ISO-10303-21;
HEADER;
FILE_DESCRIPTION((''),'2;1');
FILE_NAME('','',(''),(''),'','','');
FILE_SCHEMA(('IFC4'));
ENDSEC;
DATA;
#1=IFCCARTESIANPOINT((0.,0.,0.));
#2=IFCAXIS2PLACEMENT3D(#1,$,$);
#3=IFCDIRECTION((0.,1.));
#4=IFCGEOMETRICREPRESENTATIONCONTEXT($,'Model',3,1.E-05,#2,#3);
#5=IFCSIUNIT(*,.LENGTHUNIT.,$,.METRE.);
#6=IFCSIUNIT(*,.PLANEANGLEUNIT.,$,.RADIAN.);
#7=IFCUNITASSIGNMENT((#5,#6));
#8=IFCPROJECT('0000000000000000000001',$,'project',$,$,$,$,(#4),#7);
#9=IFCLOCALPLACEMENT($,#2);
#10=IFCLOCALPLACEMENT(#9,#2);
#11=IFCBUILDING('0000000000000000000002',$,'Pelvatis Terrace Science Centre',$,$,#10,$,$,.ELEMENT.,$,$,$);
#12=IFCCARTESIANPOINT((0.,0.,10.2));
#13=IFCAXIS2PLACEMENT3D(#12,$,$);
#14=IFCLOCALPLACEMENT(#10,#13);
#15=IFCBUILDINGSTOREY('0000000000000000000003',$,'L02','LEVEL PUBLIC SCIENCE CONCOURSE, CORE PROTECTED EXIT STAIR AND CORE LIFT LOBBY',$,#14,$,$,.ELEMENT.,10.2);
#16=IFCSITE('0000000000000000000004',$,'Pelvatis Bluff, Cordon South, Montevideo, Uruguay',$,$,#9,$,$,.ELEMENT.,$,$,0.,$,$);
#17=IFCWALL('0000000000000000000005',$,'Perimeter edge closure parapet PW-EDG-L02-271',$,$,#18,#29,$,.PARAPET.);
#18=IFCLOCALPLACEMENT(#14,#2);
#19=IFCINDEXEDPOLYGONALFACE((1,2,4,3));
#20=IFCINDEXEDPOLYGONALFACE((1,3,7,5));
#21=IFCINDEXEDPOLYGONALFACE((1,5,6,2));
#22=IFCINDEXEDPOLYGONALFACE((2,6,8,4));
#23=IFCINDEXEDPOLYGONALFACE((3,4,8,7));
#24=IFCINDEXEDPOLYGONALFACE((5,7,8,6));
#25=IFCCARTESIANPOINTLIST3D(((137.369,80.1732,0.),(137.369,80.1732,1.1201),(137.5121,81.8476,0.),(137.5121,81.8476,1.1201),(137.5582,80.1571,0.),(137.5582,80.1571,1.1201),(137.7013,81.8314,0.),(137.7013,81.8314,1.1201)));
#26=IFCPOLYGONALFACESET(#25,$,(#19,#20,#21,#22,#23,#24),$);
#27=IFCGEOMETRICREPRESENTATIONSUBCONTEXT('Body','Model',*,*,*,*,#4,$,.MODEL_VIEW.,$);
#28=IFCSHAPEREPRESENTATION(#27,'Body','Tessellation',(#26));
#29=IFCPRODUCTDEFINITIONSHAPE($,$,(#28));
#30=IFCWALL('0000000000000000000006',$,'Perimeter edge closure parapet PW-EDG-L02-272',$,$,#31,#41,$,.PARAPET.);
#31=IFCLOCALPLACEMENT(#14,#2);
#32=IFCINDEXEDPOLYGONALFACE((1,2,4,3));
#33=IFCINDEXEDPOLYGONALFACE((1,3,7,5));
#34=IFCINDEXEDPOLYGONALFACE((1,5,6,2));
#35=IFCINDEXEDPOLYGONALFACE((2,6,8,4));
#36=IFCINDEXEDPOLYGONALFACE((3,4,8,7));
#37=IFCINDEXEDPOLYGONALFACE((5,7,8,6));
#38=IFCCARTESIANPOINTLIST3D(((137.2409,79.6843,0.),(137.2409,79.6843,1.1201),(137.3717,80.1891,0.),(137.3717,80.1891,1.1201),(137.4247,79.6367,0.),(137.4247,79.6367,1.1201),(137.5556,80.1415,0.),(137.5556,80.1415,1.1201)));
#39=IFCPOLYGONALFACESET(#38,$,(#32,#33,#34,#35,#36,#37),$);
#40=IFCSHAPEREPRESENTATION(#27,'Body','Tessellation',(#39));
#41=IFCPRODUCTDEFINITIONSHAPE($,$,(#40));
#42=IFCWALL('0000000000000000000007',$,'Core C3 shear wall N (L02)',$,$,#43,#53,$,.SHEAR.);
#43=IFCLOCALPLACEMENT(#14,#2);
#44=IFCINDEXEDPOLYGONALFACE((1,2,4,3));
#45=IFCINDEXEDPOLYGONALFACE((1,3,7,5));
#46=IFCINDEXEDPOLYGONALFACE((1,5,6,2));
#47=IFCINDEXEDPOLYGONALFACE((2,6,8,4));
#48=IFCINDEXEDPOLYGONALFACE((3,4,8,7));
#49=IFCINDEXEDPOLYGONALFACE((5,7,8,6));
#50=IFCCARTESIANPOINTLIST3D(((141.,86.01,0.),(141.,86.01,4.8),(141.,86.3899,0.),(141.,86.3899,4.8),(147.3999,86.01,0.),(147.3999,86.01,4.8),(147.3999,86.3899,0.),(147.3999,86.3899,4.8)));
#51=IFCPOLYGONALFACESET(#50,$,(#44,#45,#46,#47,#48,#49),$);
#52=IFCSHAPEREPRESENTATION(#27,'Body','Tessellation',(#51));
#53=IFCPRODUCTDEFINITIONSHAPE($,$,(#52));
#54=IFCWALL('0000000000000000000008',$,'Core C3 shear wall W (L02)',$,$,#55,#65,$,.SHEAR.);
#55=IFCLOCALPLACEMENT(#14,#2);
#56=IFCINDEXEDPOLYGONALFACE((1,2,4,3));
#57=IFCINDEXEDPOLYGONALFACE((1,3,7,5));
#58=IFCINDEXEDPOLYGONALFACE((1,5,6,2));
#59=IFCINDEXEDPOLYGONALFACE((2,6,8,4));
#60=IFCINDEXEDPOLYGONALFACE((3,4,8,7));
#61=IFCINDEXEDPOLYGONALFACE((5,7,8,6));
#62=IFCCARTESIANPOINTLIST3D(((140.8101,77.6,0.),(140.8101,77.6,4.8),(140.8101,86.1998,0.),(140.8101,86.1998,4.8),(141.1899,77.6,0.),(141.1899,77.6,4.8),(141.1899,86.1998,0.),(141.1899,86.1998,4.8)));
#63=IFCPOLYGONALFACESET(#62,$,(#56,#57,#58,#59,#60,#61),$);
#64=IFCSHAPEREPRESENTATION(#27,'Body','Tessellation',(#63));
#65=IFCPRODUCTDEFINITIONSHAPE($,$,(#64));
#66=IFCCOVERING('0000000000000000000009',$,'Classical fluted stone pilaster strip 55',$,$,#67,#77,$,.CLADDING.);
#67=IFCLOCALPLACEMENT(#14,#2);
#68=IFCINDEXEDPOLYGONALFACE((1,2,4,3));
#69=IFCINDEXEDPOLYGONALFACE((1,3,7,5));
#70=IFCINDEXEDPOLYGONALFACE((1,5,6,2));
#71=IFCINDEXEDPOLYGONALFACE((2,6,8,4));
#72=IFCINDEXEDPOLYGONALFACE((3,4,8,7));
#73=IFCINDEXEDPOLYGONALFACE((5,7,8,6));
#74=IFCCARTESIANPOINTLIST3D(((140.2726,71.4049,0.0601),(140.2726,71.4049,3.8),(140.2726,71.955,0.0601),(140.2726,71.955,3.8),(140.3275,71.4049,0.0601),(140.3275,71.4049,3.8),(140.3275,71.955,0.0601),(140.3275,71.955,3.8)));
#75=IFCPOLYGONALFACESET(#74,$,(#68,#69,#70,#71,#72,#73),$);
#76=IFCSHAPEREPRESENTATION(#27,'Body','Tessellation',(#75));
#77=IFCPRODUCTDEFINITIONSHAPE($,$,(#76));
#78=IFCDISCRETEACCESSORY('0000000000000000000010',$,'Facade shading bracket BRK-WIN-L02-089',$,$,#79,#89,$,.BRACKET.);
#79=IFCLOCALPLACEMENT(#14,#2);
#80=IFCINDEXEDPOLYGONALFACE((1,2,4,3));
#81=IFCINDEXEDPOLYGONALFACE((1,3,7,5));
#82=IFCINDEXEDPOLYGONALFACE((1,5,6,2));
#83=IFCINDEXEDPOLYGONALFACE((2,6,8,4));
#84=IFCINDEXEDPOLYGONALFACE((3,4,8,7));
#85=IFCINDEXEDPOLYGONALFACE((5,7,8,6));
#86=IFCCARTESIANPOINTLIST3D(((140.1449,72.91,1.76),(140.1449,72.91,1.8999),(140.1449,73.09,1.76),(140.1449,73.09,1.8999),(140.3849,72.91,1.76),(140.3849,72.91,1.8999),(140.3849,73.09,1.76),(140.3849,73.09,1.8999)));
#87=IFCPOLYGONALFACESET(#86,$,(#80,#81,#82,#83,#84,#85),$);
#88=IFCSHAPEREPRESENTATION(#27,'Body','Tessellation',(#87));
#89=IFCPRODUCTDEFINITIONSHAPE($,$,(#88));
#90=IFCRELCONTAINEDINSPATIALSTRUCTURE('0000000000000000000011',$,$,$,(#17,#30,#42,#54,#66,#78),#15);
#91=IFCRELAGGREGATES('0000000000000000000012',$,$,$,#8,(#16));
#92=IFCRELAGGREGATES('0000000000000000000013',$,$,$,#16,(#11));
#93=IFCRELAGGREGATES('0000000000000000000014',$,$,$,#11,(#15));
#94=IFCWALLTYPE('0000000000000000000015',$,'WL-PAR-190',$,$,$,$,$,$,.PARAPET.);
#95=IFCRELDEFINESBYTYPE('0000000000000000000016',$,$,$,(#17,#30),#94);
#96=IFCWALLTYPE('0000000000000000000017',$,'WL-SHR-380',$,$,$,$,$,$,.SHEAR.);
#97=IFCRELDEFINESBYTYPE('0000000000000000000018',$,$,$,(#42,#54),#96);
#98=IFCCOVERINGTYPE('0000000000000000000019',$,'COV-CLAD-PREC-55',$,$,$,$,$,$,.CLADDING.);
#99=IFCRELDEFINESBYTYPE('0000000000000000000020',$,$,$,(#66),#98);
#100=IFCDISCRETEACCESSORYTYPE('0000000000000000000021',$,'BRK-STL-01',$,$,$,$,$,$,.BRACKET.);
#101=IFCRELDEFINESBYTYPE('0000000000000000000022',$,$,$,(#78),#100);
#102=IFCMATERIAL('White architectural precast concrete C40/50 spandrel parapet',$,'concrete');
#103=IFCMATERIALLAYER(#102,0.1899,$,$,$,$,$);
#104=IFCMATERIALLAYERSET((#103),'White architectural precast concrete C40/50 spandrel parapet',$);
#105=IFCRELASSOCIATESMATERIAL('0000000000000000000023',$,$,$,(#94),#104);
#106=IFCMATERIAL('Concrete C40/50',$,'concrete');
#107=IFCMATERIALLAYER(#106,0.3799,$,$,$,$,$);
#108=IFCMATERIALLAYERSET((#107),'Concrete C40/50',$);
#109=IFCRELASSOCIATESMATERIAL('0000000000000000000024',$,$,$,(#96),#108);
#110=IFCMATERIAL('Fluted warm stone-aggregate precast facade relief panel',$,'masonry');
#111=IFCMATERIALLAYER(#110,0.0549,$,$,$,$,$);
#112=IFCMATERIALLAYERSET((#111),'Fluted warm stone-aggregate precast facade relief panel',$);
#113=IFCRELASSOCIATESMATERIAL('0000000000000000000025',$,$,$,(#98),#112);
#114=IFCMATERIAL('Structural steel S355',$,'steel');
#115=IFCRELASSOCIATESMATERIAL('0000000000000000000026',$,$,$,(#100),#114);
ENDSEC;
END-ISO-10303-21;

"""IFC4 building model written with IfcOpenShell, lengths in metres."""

from ifc_helpers import new_model, si_unit, direction, frame, frame_2d, origin, origin_2d, place, context, subcontext, project, spatial, rectangle, extrude, material, layer, layer_set, type_object, element, save


model = new_model("IFC4")

# Units and contexts
model_context = context("Model", 3, precision=1e-05, world=origin(), true_north=direction((0.0, 1.0)))
body_context = subcontext(model_context, "Body", "Model", "MODEL_VIEW")
ifc_project = project(units=[si_unit("LENGTHUNIT", "METRE"), si_unit("PLANEANGLEUNIT", "RADIAN")], contexts=[model_context])

# Site, building, storey
site_placement = place(None, origin())
site = spatial("IfcSite", under=ifc_project, at=site_placement, Name="Pelvatis Bluff, Cordon South, Montevideo, Uruguay", CompositionType="ELEMENT", RefElevation=0.0)
building_placement = place(site_placement, origin())
building = spatial("IfcBuilding", under=site, at=building_placement, Name="Pelvatis Terrace Science Centre", CompositionType="ELEMENT")
storey_placement = place(building_placement, frame((0.0, 0.0, 10.2)))
storey = spatial("IfcBuildingStorey", under=building, at=storey_placement, Name="L02", Description="LEVEL PUBLIC SCIENCE CONCOURSE, CORE PROTECTED EXIT STAIR AND CORE LIFT LOBBY", CompositionType="ELEMENT", Elevation=10.2)

# Walls
ifc_material_1 = material(Name="White architectural precast concrete C40/50 spandrel parapet", Category="concrete")
ifc_layer_1 = layer(ifc_material_1, 0.1899)
ifc_layer_set_1 = layer_set([ifc_layer_1], Name="White architectural precast concrete C40/50 spandrel parapet")
wall_type_1 = type_object("IfcWallType", Name="WL-PAR-190", PredefinedType="PARAPET", material=ifc_layer_set_1)
wall_1_placement = place(storey_placement, frame((137.6067, 81.8396, 0.0), z_axis=(0.0, 0.0, 1.0), x_axis=(-0.085137, -0.996369, 0.0)))
element("IfcWall", 1, at=wall_1_placement, inside=storey, type_object=wall_type_1, Name="Perimeter edge closure parapet PW-EDG-L02-271", PredefinedType="PARAPET", context=body_context, shape_type="SweptSolid", body=[
    extrude(rectangle(XDim=1.6804, YDim=0.1899, at=frame_2d((0.8403, 0.0))), origin(), (0.0, 0.0, 1.0), 1.1201),
])
wall_2_placement = place(storey_placement, frame((137.4636, 80.1653, 0.0), z_axis=(0.0, 0.0, 1.0), x_axis=(-0.250897, -0.968014, 0.0)))
element("IfcWall", 2, at=wall_2_placement, inside=storey, type_object=wall_type_1, Name="Perimeter edge closure parapet PW-EDG-L02-272", PredefinedType="PARAPET", context=body_context, shape_type="SweptSolid", body=[
    extrude(rectangle(XDim=0.5215, YDim=0.1899, at=frame_2d((0.2607, 0.0))), origin(), (0.0, 0.0, 1.0), 1.1201),
])
ifc_material_2 = material(Name="Concrete C40/50", Category="concrete")
ifc_layer_2 = layer(ifc_material_2, 0.3799)
ifc_layer_set_2 = layer_set([ifc_layer_2], Name="Concrete C40/50")
wall_type_2 = type_object("IfcWallType", Name="WL-SHR-380", PredefinedType="SHEAR", material=ifc_layer_set_2)
wall_3_placement = place(storey_placement, frame((141.0, 86.2, 0.0), z_axis=(0.0, 0.0, 1.0), x_axis=(1.0, 0.0, 0.0)))
element("IfcWall", 3, at=wall_3_placement, inside=storey, type_object=wall_type_2, Name="Core C3 shear wall N (L02)", PredefinedType="SHEAR", context=body_context, shape_type="SweptSolid", body=[
    extrude(rectangle(XDim=6.3999, YDim=0.3799, at=frame_2d((3.2, 0.0))), origin(), (0.0, 0.0, 1.0), 4.8),
])
wall_4_placement = place(storey_placement, frame((141.0, 77.6001, 0.0), z_axis=(0.0, 0.0, 1.0), x_axis=(0.0, 1.0, 0.0)))
element("IfcWall", 4, at=wall_4_placement, inside=storey, type_object=wall_type_2, Name="Core C3 shear wall W (L02)", PredefinedType="SHEAR", context=body_context, shape_type="SweptSolid", body=[
    extrude(rectangle(XDim=8.5999, YDim=0.3799, at=frame_2d((4.2998, 0.0))), origin(), (0.0, 0.0, 1.0), 4.8),
])

# Covering
ifc_material_3 = material(Name="Fluted warm stone-aggregate precast facade relief panel", Category="masonry")
ifc_layer_3 = layer(ifc_material_3, 0.0549)
ifc_layer_set_3 = layer_set([ifc_layer_3], Name="Fluted warm stone-aggregate precast facade relief panel")
covering_type = type_object("IfcCoveringType", Name="COV-CLAD-PREC-55", PredefinedType="CLADDING", material=ifc_layer_set_3)
covering_placement = place(storey_placement, frame((140.3, 71.6799, 0.0601), z_axis=(0.0, 0.0, 1.0), x_axis=(1.0, 0.0, 0.0)))
element("IfcCovering", 5, at=covering_placement, inside=storey, type_object=covering_type, Name="Classical fluted stone pilaster strip 55", PredefinedType="CLADDING", context=body_context, shape_type="SweptSolid", body=[
    extrude(rectangle(XDim=0.0549, YDim=0.55, at=origin_2d()), origin(), (0.0, 0.0, 1.0), 3.74),
])

# Discrete accessory
ifc_material_4 = material(Name="Structural steel S355", Category="steel")
discrete_accessory_type = type_object("IfcDiscreteAccessoryType", Name="BRK-STL-01", PredefinedType="BRACKET", material=ifc_material_4)
discrete_accessory_placement = place(storey_placement, frame((140.2649, 73.0, 1.76)))
element("IfcDiscreteAccessory", 6, at=discrete_accessory_placement, inside=storey, type_object=discrete_accessory_type, Name="Facade shading bracket BRK-WIN-L02-089", PredefinedType="BRACKET", context=body_context, shape_type="SweptSolid", body=[
    extrude(rectangle(XDim=0.24, YDim=0.18, at=origin_2d()), origin(), (0.0, 0.0, 1.0), 0.1399),
])

save(model, "model.ifc")
